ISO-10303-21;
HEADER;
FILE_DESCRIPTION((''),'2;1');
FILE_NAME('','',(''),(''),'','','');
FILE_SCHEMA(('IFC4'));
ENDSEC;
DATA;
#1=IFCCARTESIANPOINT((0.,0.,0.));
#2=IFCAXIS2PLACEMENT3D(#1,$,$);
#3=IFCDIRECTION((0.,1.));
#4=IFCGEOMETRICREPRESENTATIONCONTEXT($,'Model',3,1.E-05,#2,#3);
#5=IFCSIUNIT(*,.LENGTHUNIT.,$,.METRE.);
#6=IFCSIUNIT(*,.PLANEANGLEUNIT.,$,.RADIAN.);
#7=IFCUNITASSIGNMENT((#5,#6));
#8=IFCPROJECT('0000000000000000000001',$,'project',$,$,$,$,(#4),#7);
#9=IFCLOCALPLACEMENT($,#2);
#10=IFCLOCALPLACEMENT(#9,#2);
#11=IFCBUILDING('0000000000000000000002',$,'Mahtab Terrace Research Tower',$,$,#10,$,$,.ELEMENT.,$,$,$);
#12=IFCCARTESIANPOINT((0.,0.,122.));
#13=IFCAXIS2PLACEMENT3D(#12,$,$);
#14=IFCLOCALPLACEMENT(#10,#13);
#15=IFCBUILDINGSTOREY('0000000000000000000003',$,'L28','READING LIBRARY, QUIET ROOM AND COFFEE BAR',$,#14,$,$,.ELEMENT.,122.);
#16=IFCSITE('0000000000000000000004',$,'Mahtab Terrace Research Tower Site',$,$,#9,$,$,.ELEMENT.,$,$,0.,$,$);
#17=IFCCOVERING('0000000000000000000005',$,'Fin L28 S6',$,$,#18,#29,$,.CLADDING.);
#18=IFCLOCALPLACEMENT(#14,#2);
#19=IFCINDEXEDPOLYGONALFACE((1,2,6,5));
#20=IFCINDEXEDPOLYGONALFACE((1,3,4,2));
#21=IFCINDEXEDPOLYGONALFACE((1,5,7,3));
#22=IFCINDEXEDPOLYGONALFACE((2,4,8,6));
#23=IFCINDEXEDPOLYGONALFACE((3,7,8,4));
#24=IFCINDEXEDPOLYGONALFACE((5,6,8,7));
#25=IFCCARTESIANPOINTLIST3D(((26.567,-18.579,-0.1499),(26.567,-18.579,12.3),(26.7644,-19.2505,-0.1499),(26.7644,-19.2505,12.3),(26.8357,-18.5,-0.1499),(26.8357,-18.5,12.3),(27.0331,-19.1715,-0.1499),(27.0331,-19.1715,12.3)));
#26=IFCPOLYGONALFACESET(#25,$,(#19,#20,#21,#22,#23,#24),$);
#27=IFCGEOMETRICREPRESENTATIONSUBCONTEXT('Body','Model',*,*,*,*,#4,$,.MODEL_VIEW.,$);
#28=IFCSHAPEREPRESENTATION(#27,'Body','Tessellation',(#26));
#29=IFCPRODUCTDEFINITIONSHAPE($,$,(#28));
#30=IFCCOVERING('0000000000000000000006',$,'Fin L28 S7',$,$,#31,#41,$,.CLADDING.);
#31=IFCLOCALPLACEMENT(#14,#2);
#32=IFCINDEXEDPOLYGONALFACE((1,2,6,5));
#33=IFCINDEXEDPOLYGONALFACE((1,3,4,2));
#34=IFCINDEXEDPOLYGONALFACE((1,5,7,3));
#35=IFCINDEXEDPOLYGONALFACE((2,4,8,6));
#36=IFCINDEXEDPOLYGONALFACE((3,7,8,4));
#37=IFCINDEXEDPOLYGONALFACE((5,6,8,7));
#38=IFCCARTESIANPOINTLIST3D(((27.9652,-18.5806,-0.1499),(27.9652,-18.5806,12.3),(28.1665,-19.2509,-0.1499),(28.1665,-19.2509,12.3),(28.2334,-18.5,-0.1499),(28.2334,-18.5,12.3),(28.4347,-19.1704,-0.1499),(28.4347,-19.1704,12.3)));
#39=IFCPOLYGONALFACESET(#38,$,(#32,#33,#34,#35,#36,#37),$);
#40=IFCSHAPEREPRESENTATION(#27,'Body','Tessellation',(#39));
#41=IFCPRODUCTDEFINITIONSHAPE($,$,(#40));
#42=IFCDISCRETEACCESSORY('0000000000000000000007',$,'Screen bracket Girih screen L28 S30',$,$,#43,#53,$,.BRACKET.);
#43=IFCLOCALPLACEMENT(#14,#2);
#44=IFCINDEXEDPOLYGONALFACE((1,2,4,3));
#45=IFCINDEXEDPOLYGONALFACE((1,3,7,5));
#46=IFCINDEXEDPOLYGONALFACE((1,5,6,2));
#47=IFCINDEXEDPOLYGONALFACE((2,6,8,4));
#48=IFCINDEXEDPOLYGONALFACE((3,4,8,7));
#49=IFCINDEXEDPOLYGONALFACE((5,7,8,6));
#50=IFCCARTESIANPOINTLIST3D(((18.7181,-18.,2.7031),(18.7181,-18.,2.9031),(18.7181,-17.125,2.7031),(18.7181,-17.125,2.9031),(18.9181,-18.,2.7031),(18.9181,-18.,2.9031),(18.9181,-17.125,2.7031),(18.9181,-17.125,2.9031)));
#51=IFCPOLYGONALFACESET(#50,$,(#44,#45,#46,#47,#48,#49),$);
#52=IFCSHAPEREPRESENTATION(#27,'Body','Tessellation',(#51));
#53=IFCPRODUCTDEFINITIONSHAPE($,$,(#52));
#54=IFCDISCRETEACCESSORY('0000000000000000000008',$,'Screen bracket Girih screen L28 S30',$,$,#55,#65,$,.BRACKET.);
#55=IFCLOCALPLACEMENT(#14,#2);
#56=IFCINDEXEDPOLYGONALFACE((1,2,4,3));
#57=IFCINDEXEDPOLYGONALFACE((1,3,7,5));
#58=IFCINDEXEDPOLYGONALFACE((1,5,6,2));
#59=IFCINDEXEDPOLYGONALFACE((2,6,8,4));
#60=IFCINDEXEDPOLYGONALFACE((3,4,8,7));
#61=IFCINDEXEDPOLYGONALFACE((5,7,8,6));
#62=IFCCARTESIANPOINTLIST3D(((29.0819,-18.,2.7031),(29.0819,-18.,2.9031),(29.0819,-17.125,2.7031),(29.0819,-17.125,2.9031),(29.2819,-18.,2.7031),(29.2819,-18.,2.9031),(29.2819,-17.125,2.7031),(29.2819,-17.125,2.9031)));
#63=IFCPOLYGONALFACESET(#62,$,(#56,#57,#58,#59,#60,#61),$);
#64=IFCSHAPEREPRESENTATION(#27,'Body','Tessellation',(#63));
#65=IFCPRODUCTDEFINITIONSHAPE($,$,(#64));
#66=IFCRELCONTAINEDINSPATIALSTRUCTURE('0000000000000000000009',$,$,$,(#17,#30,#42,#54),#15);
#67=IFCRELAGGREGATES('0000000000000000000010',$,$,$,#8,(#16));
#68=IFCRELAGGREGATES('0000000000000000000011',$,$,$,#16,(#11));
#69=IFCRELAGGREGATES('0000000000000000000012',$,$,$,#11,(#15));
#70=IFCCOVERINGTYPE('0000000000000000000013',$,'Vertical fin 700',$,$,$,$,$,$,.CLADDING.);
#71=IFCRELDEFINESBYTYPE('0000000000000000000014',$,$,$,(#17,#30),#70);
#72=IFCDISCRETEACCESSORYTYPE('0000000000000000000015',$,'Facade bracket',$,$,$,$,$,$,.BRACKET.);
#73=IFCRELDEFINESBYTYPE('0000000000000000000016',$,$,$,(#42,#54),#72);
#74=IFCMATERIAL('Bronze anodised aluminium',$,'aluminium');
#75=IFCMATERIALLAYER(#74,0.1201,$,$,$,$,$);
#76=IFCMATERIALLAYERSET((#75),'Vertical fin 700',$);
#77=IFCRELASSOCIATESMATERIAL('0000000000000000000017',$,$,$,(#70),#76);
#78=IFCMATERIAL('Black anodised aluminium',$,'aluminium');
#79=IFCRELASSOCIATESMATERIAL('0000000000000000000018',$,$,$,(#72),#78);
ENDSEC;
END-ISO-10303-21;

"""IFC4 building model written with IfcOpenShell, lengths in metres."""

from ifc_helpers import new_model, si_unit, direction, frame, origin, origin_2d, place, context, subcontext, project, spatial, rectangle, extrude, material, layer, layer_set, type_object, element, save


model = new_model("IFC4")

# Units and contexts
model_context = context("Model", 3, precision=1e-05, world=origin(), true_north=direction((0.0, 1.0)))
body_context = subcontext(model_context, "Body", "Model", "MODEL_VIEW")
ifc_project = project(units=[si_unit("LENGTHUNIT", "METRE"), si_unit("PLANEANGLEUNIT", "RADIAN")], contexts=[model_context])

# Site, building, storey
site_placement = place(None, origin())
site = spatial("IfcSite", under=ifc_project, at=site_placement, Name="Mahtab Terrace Research Tower Site", CompositionType="ELEMENT", RefElevation=0.0)
building_placement = place(site_placement, origin())
building = spatial("IfcBuilding", under=site, at=building_placement, Name="Mahtab Terrace Research Tower", CompositionType="ELEMENT")
storey_placement = place(building_placement, frame((0.0, 0.0, 122.0)))
storey = spatial("IfcBuildingStorey", under=building, at=storey_placement, Name="L28", Description="READING LIBRARY, QUIET ROOM AND COFFEE BAR", CompositionType="ELEMENT", Elevation=122.0)

# Coverings
ifc_material_1 = material(Name="Bronze anodised aluminium", Category="aluminium")
ifc_layer_1 = layer(ifc_material_1, 0.1201)
ifc_layer_set_1 = layer_set([ifc_layer_1], Name="Vertical fin 700")
covering_type_1 = type_object("IfcCoveringType", Name="Vertical fin 700", PredefinedType="CLADDING", material=ifc_layer_set_1)
for number, where, z_axis, x_axis, name in (
    (1, (26.8, -18.8752, -0.1499), (0.0, 0.0, 1.0), (0.959408, 0.282023, 0.0), "Fin L28 S6"),
    (2, (28.2, -18.8755, -0.1499), (0.0, 0.0, 1.0), (0.957751, 0.287599, 0.0), "Fin L28 S7"),
):
    element("IfcCovering", number, at=place(storey_placement, frame(where, z_axis=z_axis, x_axis=x_axis)), inside=storey, type_object=covering_type_1, Name=name, PredefinedType="CLADDING", context=body_context, shape_type="SweptSolid", body=[
        extrude(rectangle(XDim=0.28, YDim=0.7, at=origin_2d()), origin(), (0.0, 0.0, 1.0), 12.45),
    ])

# Discrete accessories
ifc_material_2 = material(Name="Black anodised aluminium", Category="aluminium")
discrete_accessory_type = type_object("IfcDiscreteAccessoryType", Name="Facade bracket", PredefinedType="BRACKET", material=ifc_material_2)
for number, where, z_axis, x_axis, name in (
    (3, (18.8181, -17.5625, 2.7031), (0.0, 0.0, 1.0), (1.0, 0.0, 0.0), "Screen bracket Girih screen L28 S30"),
    (4, (29.1819, -17.5625, 2.7031), (0.0, 0.0, 1.0), (1.0, 0.0, 0.0), "Screen bracket Girih screen L28 S30"),
):
    element("IfcDiscreteAccessory", number, at=place(storey_placement, frame(where, z_axis=z_axis, x_axis=x_axis)), inside=storey, type_object=discrete_accessory_type, Name=name, PredefinedType="BRACKET", context=body_context, shape_type="SweptSolid", body=[
        extrude(rectangle(XDim=0.2, YDim=0.875, at=origin_2d()), origin(), (0.0, 0.0, 1.0), 0.2),
    ])

save(model, "model.ifc")
